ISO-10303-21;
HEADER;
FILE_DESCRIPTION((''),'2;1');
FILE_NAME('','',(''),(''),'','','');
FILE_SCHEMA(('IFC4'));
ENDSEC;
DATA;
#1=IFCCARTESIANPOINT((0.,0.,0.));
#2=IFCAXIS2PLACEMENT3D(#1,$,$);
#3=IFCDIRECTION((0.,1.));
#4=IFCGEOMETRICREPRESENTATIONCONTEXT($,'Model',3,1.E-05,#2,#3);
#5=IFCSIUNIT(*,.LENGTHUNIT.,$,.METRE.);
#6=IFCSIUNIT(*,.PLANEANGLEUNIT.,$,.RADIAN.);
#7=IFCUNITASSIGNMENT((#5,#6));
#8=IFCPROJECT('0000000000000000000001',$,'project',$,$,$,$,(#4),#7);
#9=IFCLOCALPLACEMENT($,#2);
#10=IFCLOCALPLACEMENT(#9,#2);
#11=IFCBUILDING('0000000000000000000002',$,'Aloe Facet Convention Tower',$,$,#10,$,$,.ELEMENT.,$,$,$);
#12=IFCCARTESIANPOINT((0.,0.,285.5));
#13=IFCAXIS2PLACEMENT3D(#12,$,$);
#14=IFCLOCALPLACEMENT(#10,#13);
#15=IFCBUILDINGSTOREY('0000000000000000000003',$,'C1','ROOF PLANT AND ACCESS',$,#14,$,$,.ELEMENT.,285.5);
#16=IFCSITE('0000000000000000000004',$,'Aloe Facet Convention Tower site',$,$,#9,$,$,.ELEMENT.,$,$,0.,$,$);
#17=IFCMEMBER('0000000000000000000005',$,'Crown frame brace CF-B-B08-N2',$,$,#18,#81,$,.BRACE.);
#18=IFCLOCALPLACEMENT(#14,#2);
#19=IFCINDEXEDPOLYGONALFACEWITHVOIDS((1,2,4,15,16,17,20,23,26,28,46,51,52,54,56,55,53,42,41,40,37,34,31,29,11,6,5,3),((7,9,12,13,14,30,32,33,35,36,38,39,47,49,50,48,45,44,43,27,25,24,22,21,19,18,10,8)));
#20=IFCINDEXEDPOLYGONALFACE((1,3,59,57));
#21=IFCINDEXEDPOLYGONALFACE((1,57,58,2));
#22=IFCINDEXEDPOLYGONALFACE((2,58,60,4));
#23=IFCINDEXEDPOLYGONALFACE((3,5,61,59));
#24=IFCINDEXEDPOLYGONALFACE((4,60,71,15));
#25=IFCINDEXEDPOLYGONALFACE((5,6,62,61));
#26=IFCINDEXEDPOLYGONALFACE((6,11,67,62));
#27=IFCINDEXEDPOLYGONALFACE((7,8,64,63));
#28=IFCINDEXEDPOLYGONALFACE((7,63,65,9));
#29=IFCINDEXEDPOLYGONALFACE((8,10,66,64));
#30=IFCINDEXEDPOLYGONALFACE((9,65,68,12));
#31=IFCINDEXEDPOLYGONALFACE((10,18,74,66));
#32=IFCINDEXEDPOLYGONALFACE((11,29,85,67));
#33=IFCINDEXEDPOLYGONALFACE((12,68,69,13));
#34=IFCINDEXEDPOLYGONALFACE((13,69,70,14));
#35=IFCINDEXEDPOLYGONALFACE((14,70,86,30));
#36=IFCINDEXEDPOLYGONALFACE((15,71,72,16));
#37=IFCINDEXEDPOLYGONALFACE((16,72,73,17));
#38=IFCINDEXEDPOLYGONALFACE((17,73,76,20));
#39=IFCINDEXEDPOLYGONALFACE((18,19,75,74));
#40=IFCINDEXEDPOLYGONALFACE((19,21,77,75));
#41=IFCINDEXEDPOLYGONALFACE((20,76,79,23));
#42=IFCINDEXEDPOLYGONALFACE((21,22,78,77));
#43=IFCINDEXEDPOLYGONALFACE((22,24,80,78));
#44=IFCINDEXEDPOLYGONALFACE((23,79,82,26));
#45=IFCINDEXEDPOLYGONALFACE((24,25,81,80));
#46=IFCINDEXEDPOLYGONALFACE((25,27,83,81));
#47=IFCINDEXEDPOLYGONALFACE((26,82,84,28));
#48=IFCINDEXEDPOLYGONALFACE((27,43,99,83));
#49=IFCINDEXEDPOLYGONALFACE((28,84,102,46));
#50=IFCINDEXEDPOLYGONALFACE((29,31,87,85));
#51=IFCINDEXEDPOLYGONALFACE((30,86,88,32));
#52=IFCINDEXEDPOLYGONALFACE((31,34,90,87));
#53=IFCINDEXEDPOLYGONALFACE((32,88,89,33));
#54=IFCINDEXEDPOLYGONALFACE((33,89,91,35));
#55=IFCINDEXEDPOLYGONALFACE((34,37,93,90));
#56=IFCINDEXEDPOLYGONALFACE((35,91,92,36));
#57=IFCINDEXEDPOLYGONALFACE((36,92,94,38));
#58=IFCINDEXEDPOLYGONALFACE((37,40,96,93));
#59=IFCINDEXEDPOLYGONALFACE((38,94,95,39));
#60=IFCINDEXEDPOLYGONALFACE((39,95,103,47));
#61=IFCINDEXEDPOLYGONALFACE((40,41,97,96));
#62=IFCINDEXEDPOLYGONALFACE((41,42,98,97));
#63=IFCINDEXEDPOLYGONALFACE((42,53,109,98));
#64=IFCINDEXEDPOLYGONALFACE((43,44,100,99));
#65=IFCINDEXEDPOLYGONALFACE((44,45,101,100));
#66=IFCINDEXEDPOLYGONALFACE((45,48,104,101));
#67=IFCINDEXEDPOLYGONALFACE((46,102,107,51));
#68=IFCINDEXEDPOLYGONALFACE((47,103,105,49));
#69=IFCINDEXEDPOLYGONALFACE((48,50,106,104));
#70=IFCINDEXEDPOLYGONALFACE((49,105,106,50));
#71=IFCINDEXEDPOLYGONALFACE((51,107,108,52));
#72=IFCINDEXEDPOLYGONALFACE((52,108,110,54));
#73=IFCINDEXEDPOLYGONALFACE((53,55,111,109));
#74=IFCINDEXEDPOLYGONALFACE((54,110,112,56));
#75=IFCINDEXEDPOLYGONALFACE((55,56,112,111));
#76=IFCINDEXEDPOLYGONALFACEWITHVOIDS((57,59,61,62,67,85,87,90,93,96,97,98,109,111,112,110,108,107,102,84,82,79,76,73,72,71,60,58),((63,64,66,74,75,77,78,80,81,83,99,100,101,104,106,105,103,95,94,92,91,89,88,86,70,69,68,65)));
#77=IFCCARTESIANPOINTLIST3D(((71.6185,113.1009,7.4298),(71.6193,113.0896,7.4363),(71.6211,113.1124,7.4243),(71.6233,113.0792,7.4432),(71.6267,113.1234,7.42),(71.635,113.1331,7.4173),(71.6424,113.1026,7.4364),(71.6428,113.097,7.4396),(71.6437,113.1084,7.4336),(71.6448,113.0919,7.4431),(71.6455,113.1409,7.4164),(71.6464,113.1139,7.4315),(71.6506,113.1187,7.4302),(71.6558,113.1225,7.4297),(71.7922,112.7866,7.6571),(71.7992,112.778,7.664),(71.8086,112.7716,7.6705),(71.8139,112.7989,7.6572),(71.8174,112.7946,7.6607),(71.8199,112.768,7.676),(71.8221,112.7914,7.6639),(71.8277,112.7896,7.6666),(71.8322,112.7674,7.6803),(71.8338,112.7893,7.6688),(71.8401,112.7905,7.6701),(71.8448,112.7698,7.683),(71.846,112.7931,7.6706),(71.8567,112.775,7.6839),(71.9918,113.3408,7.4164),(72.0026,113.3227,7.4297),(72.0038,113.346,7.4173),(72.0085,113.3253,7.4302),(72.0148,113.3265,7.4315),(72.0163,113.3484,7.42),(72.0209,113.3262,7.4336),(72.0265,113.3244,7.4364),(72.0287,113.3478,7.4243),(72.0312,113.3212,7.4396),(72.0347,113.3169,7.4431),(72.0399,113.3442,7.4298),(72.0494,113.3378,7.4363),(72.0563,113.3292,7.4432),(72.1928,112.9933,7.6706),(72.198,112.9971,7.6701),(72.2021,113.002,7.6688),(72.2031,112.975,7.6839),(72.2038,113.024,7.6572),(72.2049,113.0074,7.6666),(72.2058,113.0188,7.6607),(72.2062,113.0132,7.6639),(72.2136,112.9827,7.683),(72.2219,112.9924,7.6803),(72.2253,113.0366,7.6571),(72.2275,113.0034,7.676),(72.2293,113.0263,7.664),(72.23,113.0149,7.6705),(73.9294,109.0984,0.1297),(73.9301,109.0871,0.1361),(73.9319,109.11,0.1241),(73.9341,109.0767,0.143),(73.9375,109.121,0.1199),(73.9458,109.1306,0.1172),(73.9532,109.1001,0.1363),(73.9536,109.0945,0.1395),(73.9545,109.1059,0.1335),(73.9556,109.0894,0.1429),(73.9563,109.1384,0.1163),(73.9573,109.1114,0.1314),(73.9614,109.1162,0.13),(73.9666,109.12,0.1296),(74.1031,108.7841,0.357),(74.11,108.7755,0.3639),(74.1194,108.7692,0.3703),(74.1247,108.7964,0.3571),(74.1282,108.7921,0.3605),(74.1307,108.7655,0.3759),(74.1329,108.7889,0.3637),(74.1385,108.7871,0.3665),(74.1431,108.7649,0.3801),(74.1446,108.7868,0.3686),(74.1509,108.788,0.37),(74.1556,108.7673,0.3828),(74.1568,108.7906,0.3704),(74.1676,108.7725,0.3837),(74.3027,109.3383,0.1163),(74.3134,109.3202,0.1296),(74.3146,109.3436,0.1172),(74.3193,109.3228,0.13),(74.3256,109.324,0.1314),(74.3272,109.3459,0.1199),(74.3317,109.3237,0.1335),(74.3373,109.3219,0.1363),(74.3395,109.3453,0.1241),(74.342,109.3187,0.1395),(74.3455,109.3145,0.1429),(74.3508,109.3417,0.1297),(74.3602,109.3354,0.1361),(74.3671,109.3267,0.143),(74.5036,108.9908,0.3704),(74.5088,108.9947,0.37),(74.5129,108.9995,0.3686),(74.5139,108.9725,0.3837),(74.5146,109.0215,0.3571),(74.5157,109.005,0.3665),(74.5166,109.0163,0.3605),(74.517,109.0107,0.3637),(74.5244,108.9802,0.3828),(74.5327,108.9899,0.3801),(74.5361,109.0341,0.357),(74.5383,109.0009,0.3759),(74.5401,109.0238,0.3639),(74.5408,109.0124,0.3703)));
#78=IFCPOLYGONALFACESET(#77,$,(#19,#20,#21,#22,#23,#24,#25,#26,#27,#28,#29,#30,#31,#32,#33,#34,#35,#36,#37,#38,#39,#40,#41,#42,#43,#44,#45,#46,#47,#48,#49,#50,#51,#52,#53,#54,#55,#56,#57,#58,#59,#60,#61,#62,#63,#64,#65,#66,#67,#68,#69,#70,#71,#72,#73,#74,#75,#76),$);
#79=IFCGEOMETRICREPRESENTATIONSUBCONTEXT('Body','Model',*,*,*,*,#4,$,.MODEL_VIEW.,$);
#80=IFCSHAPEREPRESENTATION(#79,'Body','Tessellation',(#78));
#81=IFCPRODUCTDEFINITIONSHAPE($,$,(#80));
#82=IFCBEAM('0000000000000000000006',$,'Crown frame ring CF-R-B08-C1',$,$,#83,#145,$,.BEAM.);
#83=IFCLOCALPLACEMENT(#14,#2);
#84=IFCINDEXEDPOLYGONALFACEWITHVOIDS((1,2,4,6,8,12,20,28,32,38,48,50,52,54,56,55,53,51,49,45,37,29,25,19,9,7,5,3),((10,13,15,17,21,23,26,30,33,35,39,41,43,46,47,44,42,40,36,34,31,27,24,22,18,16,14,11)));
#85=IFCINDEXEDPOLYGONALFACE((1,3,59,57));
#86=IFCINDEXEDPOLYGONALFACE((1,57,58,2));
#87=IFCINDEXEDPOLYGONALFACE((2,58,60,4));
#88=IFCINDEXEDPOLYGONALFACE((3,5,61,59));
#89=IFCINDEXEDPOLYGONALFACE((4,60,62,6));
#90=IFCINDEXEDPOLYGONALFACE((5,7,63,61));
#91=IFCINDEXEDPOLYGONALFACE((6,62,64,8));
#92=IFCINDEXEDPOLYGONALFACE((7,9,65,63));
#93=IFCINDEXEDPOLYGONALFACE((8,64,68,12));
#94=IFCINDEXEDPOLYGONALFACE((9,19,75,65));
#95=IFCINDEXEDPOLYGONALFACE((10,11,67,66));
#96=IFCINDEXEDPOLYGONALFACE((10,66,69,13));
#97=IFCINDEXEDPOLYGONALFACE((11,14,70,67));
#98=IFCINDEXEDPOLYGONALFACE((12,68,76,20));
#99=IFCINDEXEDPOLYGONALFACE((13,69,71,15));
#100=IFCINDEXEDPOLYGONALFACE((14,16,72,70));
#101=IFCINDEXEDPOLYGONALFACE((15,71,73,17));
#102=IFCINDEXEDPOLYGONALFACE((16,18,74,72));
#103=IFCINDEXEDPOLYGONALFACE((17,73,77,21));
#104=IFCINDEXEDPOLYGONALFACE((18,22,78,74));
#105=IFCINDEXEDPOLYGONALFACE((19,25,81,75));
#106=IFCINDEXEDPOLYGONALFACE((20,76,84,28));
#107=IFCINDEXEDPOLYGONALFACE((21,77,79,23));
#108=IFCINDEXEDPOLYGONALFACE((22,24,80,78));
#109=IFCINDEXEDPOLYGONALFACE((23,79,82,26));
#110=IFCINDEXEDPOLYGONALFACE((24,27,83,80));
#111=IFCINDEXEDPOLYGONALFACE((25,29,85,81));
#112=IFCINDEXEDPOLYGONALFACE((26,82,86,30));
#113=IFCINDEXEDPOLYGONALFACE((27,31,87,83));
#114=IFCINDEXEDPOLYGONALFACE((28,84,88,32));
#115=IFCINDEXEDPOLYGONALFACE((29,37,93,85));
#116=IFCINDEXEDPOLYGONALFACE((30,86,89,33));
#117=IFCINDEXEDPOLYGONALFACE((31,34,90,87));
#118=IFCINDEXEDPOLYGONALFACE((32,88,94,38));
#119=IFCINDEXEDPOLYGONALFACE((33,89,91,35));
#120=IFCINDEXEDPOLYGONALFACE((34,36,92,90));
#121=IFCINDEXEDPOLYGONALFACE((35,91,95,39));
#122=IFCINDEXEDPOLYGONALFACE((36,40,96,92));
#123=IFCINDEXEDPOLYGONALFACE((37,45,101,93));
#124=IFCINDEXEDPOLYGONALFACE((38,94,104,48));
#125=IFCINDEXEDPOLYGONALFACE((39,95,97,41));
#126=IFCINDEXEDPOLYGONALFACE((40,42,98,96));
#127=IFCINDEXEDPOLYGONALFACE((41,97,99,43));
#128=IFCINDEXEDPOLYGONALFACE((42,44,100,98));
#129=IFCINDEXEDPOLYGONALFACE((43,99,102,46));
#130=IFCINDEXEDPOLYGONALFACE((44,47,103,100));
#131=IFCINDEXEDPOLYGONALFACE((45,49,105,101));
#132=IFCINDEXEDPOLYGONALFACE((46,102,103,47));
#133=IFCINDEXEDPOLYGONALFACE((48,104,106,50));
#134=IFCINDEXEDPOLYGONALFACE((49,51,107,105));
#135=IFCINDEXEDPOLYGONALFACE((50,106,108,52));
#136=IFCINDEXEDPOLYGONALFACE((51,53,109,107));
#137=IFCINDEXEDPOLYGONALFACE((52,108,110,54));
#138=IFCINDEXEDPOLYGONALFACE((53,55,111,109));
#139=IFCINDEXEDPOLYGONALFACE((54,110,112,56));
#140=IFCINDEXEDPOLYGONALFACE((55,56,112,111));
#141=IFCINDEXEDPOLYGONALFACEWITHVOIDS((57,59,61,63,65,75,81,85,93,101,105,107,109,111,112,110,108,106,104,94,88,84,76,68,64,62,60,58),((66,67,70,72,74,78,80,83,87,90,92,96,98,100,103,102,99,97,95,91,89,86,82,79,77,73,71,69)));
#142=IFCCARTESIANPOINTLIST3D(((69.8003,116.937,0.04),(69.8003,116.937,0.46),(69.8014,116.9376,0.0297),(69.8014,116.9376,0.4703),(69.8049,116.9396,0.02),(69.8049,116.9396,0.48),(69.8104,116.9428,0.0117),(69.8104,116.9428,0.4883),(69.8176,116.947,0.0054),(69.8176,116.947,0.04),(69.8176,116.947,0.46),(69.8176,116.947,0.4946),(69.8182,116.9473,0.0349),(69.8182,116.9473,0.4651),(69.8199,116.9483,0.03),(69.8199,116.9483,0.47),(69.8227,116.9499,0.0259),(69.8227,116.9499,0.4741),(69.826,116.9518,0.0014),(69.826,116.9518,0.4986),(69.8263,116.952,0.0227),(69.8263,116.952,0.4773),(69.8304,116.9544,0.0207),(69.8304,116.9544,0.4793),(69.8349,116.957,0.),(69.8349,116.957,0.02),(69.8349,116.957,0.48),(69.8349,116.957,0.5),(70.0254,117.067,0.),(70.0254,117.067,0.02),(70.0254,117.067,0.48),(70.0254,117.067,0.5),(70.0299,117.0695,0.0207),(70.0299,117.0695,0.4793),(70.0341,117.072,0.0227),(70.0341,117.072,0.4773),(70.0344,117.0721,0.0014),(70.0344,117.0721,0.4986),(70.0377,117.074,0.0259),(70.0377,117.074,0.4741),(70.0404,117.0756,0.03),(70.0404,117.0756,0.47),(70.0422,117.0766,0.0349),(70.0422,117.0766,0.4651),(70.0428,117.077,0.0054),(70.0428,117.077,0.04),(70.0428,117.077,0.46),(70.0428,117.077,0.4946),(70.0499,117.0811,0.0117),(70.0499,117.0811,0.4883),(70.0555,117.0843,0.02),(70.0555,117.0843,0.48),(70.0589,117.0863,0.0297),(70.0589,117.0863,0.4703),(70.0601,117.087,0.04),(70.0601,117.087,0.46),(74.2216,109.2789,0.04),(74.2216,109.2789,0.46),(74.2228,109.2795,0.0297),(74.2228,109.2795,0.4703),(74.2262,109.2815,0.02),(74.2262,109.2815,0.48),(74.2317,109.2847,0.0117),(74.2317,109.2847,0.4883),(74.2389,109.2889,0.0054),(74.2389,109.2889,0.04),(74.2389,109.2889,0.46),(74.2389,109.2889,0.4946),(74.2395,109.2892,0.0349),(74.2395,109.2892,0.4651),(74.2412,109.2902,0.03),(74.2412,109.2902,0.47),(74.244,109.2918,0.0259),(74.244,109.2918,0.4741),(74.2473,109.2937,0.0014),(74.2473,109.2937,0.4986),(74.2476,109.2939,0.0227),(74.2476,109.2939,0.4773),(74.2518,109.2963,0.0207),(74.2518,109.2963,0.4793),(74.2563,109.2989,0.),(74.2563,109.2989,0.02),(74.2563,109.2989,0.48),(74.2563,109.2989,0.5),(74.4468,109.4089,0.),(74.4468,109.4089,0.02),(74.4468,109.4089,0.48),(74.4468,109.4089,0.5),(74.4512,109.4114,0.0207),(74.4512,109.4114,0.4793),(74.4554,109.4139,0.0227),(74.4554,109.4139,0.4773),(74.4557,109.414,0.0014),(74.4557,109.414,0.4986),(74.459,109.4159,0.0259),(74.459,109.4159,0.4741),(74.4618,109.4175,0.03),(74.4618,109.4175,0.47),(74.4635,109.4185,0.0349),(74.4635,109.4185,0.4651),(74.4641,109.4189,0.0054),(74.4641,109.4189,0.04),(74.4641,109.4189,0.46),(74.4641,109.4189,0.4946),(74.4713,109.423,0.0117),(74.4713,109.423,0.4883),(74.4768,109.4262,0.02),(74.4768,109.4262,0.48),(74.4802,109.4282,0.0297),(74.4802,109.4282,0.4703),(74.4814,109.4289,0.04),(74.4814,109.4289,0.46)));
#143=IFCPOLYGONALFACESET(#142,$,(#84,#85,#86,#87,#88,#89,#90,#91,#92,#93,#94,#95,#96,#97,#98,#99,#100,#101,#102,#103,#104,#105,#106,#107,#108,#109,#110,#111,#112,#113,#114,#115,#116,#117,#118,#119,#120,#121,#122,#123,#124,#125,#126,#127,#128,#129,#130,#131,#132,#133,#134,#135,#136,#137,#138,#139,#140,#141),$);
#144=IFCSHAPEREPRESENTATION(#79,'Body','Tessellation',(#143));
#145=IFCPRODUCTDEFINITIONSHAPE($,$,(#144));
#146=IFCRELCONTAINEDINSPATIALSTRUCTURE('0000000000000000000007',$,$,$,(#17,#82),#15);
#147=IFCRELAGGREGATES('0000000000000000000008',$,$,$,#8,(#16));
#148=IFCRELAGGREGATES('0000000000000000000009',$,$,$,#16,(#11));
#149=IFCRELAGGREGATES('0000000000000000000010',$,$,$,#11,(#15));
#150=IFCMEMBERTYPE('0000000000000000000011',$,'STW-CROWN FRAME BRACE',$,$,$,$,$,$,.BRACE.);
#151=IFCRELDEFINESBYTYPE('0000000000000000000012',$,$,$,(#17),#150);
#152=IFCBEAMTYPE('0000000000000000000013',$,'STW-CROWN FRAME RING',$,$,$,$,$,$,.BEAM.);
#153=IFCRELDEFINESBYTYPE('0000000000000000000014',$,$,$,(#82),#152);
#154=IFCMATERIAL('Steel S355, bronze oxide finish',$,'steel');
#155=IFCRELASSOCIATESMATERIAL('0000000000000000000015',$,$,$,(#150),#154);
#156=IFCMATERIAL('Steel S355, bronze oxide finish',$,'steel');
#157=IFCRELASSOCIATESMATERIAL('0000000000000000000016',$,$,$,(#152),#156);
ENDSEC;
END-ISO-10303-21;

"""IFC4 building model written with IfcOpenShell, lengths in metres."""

from ifc_helpers import new_model, si_unit, direction, frame, origin, origin_2d, place, context, subcontext, project, spatial, hollow_rectangle, extrude, material, material_profile, profile_set, type_object, element, save


model = new_model("IFC4")

# Units and contexts
model_context = context("Model", 3, precision=1e-05, world=origin(), true_north=direction((0.0, 1.0)))
body_context = subcontext(model_context, "Body", "Model", "MODEL_VIEW")
ifc_project = project(units=[si_unit("LENGTHUNIT", "METRE"), si_unit("PLANEANGLEUNIT", "RADIAN")], contexts=[model_context])

# Site, building, storey
site_placement = place(None, origin())
site = spatial("IfcSite", under=ifc_project, at=site_placement, Name="Aloe Facet Convention Tower site", CompositionType="ELEMENT", RefElevation=0.0)
building_placement = place(site_placement, origin())
building = spatial("IfcBuilding", under=site, at=building_placement, Name="Aloe Facet Convention Tower", CompositionType="ELEMENT")
storey_placement = place(building_placement, frame((0.0, 0.0, 285.5)))
storey = spatial("IfcBuildingStorey", under=building, at=storey_placement, Name="C1", Description="ROOF PLANT AND ACCESS", CompositionType="ELEMENT", Elevation=285.5)

# Member
ifc_material_1 = material(Name="Steel S355, bronze oxide finish", Category="steel")
ifc_material_profile_1 = material_profile(ifc_material_1, hollow_rectangle(XDim=0.5, YDim=0.5, WallThickness=0.0249, InnerFilletRadius=0.0249, OuterFilletRadius=0.05, at=origin_2d()), Name="SHS 500x500x25")
ifc_profile_set_1 = profile_set([ifc_material_profile_1], Name="Steel S355, bronze oxide finish")
member_type_1 = type_object("IfcMemberType", Name="STW-CROWN FRAME BRACE", PredefinedType="BRACE", material=ifc_profile_set_1)
for number, where, z_axis, x_axis, name in (
    (1, (74.2351, 109.0554, 0.25), (-0.267452, 0.463244, 0.844911), (-0.866027, -0.499997, 0.0), "Crown frame brace CF-B-B08-N2"),
):
    element("IfcMember", number, at=place(storey_placement, frame(where, z_axis=z_axis, x_axis=x_axis)), inside=storey, type_object=member_type_1, Name=name, PredefinedType="BRACE", context=body_context, shape_type="SweptSolid", body=[
        extrude(hollow_rectangle(XDim=0.5, YDim=0.5, WallThickness=0.0249, InnerFilletRadius=0.0249, OuterFilletRadius=0.05, at=origin_2d()), origin(), (0.0, 0.0, 1.0), 8.6401),
    ])

# Beam
ifc_material_2 = material(Name="Steel S355, bronze oxide finish", Category="steel")
ifc_material_profile_2 = material_profile(ifc_material_2, hollow_rectangle(XDim=0.3, YDim=0.5, WallThickness=0.02, InnerFilletRadius=0.02, OuterFilletRadius=0.04, at=origin_2d()), Name="RHS 500x300x20")
ifc_profile_set_2 = profile_set([ifc_material_profile_2], Name="Steel S355, bronze oxide finish")
beam_type = type_object("IfcBeamType", Name="STW-CROWN FRAME RING", PredefinedType="BEAM", material=ifc_profile_set_2)
for number, where, z_axis, x_axis, name in (
    (2, (69.9302, 117.012, 0.25), (0.499993, -0.866029, 0.0), (0.866029, 0.499993, 0.0), "Crown frame ring CF-R-B08-C1"),
):
    element("IfcBeam", number, at=place(storey_placement, frame(where, z_axis=z_axis, x_axis=x_axis)), inside=storey, type_object=beam_type, Name=name, PredefinedType="BEAM", context=body_context, shape_type="SweptSolid", body=[
        extrude(hollow_rectangle(XDim=0.3, YDim=0.5, WallThickness=0.02, InnerFilletRadius=0.02, OuterFilletRadius=0.04, at=origin_2d()), origin(), (0.0, 0.0, 1.0), 8.8428),
    ])

save(model, "model.ifc")
